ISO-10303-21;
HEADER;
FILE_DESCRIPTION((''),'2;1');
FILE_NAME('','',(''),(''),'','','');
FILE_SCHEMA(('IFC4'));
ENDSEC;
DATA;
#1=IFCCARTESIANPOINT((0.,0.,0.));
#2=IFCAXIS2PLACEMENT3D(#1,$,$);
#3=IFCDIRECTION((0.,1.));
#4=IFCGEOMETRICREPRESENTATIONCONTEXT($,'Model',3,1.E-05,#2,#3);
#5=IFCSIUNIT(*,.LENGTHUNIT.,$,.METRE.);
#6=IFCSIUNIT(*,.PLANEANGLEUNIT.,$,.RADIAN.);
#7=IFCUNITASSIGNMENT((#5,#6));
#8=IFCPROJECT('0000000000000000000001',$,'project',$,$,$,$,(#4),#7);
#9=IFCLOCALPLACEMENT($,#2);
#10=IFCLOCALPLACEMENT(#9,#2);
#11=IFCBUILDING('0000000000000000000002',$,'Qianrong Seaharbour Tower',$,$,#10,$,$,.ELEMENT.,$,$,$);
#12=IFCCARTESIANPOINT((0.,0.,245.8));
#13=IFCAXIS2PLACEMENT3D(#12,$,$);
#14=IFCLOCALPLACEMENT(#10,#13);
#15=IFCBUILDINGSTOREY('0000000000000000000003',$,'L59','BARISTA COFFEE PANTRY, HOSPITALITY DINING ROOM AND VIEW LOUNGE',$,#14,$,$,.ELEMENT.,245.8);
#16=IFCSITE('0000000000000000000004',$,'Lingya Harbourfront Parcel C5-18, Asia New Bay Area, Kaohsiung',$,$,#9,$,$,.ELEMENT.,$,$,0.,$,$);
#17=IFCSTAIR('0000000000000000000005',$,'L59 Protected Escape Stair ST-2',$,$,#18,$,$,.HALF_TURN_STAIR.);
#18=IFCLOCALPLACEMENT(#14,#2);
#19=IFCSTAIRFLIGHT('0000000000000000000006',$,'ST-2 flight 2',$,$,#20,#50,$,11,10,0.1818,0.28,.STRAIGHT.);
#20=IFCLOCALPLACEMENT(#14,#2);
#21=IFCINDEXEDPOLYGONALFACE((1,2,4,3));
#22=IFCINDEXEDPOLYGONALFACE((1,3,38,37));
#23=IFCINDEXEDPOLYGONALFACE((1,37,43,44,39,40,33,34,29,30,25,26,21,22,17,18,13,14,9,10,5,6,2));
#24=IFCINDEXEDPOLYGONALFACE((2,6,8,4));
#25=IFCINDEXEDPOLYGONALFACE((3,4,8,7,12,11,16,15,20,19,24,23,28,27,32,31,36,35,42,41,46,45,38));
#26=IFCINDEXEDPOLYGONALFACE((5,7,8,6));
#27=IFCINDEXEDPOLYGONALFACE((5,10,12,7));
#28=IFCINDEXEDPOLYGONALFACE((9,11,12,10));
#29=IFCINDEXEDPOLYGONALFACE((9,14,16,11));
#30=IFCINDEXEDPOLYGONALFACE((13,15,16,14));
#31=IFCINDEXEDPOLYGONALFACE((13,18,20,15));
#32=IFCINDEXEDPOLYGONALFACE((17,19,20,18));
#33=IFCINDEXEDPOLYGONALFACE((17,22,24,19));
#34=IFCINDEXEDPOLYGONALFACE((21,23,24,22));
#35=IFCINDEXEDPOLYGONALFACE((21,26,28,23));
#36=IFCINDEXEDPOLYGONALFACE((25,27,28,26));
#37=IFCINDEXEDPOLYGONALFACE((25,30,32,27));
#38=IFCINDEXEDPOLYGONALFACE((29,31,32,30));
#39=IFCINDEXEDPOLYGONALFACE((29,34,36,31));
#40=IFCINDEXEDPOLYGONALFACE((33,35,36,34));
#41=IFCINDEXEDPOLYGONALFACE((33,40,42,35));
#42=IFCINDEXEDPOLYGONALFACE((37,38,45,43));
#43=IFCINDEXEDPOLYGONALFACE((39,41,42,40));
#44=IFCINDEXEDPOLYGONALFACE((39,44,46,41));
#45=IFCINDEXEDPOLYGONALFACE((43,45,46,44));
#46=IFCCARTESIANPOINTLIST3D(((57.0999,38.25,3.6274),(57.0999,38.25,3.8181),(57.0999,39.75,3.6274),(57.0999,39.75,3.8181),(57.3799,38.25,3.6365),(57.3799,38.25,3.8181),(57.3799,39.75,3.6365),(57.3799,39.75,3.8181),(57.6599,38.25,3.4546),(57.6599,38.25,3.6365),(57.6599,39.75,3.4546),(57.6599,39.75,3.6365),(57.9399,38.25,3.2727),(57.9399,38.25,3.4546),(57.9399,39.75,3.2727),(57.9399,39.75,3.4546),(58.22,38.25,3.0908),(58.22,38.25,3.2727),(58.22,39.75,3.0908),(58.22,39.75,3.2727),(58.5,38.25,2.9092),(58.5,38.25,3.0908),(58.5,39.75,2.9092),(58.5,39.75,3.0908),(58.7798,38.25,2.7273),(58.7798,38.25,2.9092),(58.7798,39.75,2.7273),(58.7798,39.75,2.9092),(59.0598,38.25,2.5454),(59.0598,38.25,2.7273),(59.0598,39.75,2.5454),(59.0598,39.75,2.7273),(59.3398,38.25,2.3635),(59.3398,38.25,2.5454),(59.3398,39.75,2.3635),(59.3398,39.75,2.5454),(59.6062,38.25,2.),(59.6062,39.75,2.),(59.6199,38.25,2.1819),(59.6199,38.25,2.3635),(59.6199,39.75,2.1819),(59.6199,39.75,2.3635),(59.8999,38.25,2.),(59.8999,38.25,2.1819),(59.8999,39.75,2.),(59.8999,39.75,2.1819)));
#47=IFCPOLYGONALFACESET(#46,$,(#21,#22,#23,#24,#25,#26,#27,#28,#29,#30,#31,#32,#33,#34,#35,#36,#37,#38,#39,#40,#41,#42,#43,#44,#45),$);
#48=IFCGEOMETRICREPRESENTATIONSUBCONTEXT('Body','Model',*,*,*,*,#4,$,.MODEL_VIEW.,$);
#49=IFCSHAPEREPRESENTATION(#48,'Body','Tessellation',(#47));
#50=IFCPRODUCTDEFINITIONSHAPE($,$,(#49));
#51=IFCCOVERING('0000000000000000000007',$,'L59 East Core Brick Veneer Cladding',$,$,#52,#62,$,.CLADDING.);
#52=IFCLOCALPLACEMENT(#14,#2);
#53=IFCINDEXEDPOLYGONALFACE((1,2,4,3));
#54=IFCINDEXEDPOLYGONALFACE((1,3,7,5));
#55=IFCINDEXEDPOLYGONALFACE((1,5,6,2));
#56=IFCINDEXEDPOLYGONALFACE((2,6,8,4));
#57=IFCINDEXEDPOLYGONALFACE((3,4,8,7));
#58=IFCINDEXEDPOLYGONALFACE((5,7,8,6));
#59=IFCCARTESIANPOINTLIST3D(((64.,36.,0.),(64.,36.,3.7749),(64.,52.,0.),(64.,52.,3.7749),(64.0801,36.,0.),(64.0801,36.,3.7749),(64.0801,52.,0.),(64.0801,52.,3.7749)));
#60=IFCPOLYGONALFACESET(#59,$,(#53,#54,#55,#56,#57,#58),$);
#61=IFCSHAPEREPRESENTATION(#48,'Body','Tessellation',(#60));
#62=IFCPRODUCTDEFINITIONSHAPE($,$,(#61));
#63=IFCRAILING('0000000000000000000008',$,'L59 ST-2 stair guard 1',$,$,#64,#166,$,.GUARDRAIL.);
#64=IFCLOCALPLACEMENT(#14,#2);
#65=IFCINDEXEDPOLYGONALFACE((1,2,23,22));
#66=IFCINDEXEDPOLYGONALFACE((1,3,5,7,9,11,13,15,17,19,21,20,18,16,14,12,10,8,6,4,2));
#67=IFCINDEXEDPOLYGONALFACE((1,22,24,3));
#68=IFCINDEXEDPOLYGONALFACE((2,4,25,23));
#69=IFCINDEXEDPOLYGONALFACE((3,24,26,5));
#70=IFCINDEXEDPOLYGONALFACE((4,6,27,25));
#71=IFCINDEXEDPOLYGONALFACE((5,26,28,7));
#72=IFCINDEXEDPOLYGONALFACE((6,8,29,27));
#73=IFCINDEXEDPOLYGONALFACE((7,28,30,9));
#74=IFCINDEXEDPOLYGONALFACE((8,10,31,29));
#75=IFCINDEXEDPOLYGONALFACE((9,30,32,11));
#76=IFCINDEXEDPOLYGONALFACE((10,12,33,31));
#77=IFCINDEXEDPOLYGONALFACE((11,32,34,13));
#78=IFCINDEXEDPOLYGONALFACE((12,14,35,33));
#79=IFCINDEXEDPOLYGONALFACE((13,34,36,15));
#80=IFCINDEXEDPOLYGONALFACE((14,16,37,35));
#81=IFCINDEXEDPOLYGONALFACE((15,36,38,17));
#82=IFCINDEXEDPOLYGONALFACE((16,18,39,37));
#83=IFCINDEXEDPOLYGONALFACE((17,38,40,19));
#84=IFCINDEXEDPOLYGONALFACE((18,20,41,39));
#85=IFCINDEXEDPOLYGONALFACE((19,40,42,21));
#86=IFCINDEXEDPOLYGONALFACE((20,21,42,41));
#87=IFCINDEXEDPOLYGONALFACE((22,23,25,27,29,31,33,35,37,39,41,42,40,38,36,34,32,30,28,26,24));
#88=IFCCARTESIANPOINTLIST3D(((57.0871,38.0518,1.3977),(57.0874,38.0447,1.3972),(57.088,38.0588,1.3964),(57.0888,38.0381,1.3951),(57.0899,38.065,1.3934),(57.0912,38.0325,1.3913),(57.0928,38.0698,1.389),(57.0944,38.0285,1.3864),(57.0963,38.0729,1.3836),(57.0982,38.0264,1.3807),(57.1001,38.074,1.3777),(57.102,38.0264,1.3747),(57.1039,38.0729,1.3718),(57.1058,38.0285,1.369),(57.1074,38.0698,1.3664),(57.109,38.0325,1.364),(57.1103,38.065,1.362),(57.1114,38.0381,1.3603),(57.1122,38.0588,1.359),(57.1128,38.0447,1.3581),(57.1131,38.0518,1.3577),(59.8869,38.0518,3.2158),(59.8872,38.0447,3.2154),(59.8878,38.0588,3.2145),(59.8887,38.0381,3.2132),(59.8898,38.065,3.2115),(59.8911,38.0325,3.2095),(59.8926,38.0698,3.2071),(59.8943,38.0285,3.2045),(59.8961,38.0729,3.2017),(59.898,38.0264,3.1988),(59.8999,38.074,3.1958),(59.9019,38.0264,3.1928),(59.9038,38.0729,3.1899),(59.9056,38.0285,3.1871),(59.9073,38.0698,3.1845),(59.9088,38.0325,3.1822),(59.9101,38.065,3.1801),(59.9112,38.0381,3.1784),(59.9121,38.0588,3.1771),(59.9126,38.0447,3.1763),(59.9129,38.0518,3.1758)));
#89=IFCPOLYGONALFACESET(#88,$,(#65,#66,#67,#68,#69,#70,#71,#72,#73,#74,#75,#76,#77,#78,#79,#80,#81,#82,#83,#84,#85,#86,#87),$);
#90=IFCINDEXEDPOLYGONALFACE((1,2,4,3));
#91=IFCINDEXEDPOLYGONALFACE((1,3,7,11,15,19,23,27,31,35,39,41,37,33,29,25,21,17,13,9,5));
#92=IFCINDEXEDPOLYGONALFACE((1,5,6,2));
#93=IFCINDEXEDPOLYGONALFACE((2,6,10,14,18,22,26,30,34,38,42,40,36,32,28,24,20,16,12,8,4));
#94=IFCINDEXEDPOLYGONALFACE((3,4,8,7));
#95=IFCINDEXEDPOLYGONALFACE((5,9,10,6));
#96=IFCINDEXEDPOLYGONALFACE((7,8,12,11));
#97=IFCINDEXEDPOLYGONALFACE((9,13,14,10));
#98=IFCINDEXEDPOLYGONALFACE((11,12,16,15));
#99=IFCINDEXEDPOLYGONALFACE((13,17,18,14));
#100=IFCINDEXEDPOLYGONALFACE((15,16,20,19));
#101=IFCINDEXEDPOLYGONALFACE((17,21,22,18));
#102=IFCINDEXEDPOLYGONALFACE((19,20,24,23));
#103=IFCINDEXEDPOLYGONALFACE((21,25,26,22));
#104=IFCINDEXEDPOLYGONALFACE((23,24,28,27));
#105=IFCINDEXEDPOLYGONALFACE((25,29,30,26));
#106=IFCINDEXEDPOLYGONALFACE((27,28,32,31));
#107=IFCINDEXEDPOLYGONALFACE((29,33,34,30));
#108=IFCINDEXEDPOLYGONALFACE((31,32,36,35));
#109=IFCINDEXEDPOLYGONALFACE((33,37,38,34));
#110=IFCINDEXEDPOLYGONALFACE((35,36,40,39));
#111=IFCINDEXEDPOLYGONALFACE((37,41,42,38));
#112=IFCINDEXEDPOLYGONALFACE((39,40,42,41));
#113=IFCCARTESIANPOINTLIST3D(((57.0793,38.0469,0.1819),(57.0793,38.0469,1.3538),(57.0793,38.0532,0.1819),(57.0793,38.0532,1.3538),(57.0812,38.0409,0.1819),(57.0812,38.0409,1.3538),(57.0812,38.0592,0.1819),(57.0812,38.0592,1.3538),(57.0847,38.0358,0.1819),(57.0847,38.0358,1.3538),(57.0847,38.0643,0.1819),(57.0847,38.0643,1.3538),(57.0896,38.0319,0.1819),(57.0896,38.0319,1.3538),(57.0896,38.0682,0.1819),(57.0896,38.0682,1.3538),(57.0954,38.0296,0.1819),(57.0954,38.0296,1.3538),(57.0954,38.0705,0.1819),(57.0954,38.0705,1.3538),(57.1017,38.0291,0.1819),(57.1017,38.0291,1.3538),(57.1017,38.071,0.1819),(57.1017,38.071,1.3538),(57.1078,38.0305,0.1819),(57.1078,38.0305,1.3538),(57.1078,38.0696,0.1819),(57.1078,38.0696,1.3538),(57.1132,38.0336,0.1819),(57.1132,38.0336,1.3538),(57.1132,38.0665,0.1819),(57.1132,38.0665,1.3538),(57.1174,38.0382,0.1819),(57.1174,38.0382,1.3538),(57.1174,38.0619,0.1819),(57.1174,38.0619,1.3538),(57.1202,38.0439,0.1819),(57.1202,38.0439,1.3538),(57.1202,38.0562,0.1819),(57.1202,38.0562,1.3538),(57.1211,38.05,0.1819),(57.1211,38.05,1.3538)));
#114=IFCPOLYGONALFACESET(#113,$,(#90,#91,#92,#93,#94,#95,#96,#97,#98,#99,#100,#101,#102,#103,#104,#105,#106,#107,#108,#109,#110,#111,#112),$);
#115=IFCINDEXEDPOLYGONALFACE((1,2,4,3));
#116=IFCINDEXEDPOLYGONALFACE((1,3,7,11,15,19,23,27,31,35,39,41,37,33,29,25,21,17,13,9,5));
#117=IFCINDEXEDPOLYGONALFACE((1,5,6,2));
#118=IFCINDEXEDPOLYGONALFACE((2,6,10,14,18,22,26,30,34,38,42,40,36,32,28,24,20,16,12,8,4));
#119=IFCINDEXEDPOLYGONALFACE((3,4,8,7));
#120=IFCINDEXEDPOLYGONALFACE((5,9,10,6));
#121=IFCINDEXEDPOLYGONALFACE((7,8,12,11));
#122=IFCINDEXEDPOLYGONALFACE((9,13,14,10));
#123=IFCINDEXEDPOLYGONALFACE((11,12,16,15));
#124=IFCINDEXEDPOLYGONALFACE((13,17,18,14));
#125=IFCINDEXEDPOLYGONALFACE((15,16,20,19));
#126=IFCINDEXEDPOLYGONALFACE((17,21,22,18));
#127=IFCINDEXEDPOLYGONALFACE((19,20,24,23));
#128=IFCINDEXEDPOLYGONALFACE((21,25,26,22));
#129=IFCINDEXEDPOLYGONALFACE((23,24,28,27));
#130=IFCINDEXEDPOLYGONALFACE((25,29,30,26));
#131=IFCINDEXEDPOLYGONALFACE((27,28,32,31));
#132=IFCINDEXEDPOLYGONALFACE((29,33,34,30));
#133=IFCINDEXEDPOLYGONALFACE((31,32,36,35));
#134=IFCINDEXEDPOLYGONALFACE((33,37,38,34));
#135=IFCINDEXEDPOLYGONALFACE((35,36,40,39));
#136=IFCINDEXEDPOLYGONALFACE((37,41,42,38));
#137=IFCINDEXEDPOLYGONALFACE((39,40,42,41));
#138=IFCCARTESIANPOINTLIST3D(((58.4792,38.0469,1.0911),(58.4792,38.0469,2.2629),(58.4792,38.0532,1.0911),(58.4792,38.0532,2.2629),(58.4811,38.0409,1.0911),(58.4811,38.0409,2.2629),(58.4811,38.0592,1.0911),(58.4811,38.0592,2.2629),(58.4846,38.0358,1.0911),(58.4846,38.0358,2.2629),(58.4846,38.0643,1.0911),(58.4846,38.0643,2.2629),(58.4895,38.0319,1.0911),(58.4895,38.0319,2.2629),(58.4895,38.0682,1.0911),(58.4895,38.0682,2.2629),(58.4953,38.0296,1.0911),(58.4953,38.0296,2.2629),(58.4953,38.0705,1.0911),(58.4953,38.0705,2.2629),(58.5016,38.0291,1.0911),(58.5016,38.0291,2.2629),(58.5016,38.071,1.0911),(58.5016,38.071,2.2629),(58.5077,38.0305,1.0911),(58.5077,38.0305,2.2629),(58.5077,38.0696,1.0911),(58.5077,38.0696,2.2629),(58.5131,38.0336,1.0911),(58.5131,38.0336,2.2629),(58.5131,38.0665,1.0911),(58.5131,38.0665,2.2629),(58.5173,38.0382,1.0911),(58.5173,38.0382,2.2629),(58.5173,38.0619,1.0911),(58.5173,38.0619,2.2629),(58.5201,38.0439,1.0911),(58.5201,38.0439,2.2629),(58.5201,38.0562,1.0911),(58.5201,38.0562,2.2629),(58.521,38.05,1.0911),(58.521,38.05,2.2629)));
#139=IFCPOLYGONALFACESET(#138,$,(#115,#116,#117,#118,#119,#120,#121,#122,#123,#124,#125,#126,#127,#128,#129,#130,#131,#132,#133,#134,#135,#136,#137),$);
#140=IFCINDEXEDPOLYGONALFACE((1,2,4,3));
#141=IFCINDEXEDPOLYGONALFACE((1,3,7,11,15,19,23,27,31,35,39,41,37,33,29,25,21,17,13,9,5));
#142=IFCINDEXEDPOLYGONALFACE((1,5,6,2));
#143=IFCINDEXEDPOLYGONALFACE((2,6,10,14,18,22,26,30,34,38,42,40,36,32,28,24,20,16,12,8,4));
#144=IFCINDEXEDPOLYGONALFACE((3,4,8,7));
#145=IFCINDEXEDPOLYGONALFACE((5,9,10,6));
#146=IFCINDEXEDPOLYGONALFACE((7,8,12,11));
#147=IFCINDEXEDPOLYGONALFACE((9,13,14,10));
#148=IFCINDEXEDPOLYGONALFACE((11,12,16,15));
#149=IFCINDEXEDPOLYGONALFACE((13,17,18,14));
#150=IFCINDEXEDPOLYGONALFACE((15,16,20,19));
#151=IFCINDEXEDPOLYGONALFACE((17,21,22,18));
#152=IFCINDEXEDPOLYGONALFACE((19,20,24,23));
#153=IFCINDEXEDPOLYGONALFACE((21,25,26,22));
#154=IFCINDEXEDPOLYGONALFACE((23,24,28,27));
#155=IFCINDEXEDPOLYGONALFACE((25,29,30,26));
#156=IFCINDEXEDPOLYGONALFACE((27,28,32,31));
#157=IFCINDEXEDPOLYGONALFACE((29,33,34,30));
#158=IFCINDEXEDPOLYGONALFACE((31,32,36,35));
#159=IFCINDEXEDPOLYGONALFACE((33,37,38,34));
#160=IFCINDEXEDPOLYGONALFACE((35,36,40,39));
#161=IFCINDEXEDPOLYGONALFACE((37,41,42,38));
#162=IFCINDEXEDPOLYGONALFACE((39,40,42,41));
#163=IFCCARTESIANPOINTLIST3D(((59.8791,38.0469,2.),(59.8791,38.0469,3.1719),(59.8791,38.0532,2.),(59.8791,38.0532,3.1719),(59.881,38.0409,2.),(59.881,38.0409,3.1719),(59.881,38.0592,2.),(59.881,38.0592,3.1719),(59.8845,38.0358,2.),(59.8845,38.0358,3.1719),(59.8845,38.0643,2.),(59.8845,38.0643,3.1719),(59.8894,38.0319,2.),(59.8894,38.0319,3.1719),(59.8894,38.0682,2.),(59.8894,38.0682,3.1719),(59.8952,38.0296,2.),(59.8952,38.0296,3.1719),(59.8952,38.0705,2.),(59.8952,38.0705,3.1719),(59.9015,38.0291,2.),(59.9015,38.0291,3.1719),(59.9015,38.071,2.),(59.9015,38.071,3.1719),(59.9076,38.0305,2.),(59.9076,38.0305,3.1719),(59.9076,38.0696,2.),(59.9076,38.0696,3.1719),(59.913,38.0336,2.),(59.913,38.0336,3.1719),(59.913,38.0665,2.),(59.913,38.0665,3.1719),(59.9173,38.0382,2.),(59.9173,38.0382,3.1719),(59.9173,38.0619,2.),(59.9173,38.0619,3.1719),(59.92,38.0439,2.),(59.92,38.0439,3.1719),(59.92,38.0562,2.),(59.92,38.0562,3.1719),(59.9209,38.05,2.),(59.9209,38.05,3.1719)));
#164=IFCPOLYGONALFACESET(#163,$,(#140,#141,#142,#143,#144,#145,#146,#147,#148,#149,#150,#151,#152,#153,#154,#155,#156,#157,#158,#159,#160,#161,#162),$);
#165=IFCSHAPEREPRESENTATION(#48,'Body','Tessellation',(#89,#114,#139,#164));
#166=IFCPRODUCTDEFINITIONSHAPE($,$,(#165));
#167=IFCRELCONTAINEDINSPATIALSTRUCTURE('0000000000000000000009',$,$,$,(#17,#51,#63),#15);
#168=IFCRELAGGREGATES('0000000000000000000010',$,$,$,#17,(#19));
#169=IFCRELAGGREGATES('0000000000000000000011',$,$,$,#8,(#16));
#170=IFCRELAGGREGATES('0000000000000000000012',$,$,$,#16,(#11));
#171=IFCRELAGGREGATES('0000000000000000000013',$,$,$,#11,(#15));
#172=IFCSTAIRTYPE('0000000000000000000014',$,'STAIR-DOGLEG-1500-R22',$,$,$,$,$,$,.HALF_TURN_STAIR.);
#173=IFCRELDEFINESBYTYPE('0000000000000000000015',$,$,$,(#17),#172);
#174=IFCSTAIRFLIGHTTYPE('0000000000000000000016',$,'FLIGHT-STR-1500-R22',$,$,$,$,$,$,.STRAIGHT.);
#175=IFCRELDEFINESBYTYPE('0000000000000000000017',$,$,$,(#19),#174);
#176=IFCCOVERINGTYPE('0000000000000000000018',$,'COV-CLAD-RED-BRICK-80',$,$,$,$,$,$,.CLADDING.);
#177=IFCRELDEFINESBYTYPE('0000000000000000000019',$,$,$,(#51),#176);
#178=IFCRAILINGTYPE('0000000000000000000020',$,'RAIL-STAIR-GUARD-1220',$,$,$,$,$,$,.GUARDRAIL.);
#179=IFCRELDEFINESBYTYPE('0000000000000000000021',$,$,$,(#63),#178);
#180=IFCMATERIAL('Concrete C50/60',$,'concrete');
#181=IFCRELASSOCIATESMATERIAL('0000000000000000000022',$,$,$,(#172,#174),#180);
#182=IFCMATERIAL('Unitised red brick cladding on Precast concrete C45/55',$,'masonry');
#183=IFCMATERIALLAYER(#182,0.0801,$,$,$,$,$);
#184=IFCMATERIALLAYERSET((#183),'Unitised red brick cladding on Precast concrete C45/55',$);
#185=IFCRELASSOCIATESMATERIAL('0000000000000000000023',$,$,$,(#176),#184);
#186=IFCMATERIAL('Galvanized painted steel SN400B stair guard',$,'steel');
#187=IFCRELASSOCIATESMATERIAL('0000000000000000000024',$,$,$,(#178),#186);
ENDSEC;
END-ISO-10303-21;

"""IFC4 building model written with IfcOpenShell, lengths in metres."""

from ifc_helpers import new_model, si_unit, direction, frame, origin, origin_2d, place, context, subcontext, project, spatial, polyline, rectangle, circle, outline, extrude, material, layer, layer_set, type_object, element, aggregate, save


model = new_model("IFC4")

# Units and contexts
model_context = context("Model", 3, precision=1e-05, world=origin(), true_north=direction((0.0, 1.0)))
body_context = subcontext(model_context, "Body", "Model", "MODEL_VIEW")
ifc_project = project(units=[si_unit("LENGTHUNIT", "METRE"), si_unit("PLANEANGLEUNIT", "RADIAN")], contexts=[model_context])

# Site, building, storey
site_placement = place(None, origin())
site = spatial("IfcSite", under=ifc_project, at=site_placement, Name="Lingya Harbourfront Parcel C5-18, Asia New Bay Area, Kaohsiung", CompositionType="ELEMENT", RefElevation=0.0)
building_placement = place(site_placement, origin())
building = spatial("IfcBuilding", under=site, at=building_placement, Name="Qianrong Seaharbour Tower", CompositionType="ELEMENT")
storey_placement = place(building_placement, frame((0.0, 0.0, 245.8)))
storey = spatial("IfcBuildingStorey", under=building, at=storey_placement, Name="L59", Description="BARISTA COFFEE PANTRY, HOSPITALITY DINING ROOM AND VIEW LOUNGE", CompositionType="ELEMENT", Elevation=245.8)

# Shared definitions
ifc_material_1 = material(Name="Concrete C50/60", Category="concrete")

# Stair, stair flight
stair_type = type_object("IfcStairType", Name="STAIR-DOGLEG-1500-R22", PredefinedType="HALF_TURN_STAIR", material=ifc_material_1)
stair_placement = place(storey_placement, origin())
stair = element("IfcStair", 1, at=stair_placement, inside=storey, type_object=stair_type, Name="L59 Protected Escape Stair ST-2", PredefinedType="HALF_TURN_STAIR")
stair_flight_type = type_object("IfcStairFlightType", Name="FLIGHT-STR-1500-R22", PredefinedType="STRAIGHT", material=ifc_material_1)
stair_flight_1_placement = place(storey_placement, frame((59.8999, 39.0, 2.0), z_axis=(0.0, 0.0, 1.0), x_axis=(-1.0, 0.0, 0.0)))
stair_flight_1 = element("IfcStairFlight", 2, at=stair_flight_1_placement, type_object=stair_flight_type, Name="ST-2 flight 2", NumberOfRisers=11, NumberOfTreads=10, PredefinedType="STRAIGHT", RiserHeight=0.1818, TreadLength=0.28, context=body_context, shape_type="SweptSolid", body=[
    extrude(outline(polyline([(0.0, 0.0), (0.0, 0.1819), (0.28, 0.1819), (0.28, 0.3635), (0.5601, 0.3635), (0.5601, 0.5454), (0.8401, 0.5454), (0.8401, 0.7273), (1.1201, 0.7273), (1.1201, 0.9092), (1.3999, 0.9092), (1.3999, 1.0908), (1.6799, 1.0908), (1.6799, 1.2727), (1.96, 1.2727), (1.96, 1.4546), (2.24, 1.4546), (2.24, 1.6365), (2.52, 1.6365), (2.52, 1.8181), (2.8, 1.8181), (2.8, 2.0), (2.8, 1.6274), (0.2937, 0.0), (0.0, 0.0)])), frame((0.0, 0.75, 0.0), z_axis=(0.0, -1.0, 0.0), x_axis=(1.0, 0.0, 0.0)), (0.0, 0.0, 1.0), 1.5),
])
aggregate(stair, [stair_flight_1])

# Covering
ifc_material_2 = material(Name="Unitised red brick cladding on Precast concrete C45/55", Category="masonry")
ifc_layer_1 = layer(ifc_material_2, 0.0801)
ifc_layer_set_1 = layer_set([ifc_layer_1], Name="Unitised red brick cladding on Precast concrete C45/55")
covering_type = type_object("IfcCoveringType", Name="COV-CLAD-RED-BRICK-80", PredefinedType="CLADDING", material=ifc_layer_set_1)
covering_placement = place(storey_placement, frame((64.04, 44.0, 0.0), z_axis=(0.0, 0.0, 1.0), x_axis=(1.0, 0.0, 0.0)))
element("IfcCovering", 3, at=covering_placement, inside=storey, type_object=covering_type, Name="L59 East Core Brick Veneer Cladding", PredefinedType="CLADDING", context=body_context, shape_type="SweptSolid", body=[
    extrude(rectangle(XDim=0.0801, YDim=16.0, at=origin_2d()), origin(), (0.0, 0.0, 1.0), 3.7749),
])

# Railing
ifc_material_3 = material(Name="Galvanized painted steel SN400B stair guard", Category="steel")
railing_type_1 = type_object("IfcRailingType", Name="RAIL-STAIR-GUARD-1220", PredefinedType="GUARDRAIL", material=ifc_material_3)
railing_1_placement = place(storey_placement, frame((57.1001, 38.05, 0.1819)))
element("IfcRailing", 4, at=railing_1_placement, inside=storey, type_object=railing_type_1, Name="L59 ST-2 stair guard 1", PredefinedType="GUARDRAIL", context=body_context, shape_type="SweptSolid", body=[
    extrude(circle(Radius=0.0239, at=origin_2d()), frame((0.0, 0.0, 1.1958), z_axis=(0.838684, 0.0, 0.544618), x_axis=(0.0, 1.0, 0.0)), (0.0, 0.0, 1.0), 3.3384),
    extrude(circle(Radius=0.021, at=origin_2d()), origin(), (0.0, 0.0, 1.0), 1.1719),
    extrude(circle(Radius=0.021, at=origin_2d()), frame((1.3999, 0.0, 0.9092)), (0.0, 0.0, 1.0), 1.1719),
    extrude(circle(Radius=0.021, at=origin_2d()), frame((2.7998, 0.0, 1.8181)), (0.0, 0.0, 1.0), 1.1719),
])

save(model, "model.ifc")
